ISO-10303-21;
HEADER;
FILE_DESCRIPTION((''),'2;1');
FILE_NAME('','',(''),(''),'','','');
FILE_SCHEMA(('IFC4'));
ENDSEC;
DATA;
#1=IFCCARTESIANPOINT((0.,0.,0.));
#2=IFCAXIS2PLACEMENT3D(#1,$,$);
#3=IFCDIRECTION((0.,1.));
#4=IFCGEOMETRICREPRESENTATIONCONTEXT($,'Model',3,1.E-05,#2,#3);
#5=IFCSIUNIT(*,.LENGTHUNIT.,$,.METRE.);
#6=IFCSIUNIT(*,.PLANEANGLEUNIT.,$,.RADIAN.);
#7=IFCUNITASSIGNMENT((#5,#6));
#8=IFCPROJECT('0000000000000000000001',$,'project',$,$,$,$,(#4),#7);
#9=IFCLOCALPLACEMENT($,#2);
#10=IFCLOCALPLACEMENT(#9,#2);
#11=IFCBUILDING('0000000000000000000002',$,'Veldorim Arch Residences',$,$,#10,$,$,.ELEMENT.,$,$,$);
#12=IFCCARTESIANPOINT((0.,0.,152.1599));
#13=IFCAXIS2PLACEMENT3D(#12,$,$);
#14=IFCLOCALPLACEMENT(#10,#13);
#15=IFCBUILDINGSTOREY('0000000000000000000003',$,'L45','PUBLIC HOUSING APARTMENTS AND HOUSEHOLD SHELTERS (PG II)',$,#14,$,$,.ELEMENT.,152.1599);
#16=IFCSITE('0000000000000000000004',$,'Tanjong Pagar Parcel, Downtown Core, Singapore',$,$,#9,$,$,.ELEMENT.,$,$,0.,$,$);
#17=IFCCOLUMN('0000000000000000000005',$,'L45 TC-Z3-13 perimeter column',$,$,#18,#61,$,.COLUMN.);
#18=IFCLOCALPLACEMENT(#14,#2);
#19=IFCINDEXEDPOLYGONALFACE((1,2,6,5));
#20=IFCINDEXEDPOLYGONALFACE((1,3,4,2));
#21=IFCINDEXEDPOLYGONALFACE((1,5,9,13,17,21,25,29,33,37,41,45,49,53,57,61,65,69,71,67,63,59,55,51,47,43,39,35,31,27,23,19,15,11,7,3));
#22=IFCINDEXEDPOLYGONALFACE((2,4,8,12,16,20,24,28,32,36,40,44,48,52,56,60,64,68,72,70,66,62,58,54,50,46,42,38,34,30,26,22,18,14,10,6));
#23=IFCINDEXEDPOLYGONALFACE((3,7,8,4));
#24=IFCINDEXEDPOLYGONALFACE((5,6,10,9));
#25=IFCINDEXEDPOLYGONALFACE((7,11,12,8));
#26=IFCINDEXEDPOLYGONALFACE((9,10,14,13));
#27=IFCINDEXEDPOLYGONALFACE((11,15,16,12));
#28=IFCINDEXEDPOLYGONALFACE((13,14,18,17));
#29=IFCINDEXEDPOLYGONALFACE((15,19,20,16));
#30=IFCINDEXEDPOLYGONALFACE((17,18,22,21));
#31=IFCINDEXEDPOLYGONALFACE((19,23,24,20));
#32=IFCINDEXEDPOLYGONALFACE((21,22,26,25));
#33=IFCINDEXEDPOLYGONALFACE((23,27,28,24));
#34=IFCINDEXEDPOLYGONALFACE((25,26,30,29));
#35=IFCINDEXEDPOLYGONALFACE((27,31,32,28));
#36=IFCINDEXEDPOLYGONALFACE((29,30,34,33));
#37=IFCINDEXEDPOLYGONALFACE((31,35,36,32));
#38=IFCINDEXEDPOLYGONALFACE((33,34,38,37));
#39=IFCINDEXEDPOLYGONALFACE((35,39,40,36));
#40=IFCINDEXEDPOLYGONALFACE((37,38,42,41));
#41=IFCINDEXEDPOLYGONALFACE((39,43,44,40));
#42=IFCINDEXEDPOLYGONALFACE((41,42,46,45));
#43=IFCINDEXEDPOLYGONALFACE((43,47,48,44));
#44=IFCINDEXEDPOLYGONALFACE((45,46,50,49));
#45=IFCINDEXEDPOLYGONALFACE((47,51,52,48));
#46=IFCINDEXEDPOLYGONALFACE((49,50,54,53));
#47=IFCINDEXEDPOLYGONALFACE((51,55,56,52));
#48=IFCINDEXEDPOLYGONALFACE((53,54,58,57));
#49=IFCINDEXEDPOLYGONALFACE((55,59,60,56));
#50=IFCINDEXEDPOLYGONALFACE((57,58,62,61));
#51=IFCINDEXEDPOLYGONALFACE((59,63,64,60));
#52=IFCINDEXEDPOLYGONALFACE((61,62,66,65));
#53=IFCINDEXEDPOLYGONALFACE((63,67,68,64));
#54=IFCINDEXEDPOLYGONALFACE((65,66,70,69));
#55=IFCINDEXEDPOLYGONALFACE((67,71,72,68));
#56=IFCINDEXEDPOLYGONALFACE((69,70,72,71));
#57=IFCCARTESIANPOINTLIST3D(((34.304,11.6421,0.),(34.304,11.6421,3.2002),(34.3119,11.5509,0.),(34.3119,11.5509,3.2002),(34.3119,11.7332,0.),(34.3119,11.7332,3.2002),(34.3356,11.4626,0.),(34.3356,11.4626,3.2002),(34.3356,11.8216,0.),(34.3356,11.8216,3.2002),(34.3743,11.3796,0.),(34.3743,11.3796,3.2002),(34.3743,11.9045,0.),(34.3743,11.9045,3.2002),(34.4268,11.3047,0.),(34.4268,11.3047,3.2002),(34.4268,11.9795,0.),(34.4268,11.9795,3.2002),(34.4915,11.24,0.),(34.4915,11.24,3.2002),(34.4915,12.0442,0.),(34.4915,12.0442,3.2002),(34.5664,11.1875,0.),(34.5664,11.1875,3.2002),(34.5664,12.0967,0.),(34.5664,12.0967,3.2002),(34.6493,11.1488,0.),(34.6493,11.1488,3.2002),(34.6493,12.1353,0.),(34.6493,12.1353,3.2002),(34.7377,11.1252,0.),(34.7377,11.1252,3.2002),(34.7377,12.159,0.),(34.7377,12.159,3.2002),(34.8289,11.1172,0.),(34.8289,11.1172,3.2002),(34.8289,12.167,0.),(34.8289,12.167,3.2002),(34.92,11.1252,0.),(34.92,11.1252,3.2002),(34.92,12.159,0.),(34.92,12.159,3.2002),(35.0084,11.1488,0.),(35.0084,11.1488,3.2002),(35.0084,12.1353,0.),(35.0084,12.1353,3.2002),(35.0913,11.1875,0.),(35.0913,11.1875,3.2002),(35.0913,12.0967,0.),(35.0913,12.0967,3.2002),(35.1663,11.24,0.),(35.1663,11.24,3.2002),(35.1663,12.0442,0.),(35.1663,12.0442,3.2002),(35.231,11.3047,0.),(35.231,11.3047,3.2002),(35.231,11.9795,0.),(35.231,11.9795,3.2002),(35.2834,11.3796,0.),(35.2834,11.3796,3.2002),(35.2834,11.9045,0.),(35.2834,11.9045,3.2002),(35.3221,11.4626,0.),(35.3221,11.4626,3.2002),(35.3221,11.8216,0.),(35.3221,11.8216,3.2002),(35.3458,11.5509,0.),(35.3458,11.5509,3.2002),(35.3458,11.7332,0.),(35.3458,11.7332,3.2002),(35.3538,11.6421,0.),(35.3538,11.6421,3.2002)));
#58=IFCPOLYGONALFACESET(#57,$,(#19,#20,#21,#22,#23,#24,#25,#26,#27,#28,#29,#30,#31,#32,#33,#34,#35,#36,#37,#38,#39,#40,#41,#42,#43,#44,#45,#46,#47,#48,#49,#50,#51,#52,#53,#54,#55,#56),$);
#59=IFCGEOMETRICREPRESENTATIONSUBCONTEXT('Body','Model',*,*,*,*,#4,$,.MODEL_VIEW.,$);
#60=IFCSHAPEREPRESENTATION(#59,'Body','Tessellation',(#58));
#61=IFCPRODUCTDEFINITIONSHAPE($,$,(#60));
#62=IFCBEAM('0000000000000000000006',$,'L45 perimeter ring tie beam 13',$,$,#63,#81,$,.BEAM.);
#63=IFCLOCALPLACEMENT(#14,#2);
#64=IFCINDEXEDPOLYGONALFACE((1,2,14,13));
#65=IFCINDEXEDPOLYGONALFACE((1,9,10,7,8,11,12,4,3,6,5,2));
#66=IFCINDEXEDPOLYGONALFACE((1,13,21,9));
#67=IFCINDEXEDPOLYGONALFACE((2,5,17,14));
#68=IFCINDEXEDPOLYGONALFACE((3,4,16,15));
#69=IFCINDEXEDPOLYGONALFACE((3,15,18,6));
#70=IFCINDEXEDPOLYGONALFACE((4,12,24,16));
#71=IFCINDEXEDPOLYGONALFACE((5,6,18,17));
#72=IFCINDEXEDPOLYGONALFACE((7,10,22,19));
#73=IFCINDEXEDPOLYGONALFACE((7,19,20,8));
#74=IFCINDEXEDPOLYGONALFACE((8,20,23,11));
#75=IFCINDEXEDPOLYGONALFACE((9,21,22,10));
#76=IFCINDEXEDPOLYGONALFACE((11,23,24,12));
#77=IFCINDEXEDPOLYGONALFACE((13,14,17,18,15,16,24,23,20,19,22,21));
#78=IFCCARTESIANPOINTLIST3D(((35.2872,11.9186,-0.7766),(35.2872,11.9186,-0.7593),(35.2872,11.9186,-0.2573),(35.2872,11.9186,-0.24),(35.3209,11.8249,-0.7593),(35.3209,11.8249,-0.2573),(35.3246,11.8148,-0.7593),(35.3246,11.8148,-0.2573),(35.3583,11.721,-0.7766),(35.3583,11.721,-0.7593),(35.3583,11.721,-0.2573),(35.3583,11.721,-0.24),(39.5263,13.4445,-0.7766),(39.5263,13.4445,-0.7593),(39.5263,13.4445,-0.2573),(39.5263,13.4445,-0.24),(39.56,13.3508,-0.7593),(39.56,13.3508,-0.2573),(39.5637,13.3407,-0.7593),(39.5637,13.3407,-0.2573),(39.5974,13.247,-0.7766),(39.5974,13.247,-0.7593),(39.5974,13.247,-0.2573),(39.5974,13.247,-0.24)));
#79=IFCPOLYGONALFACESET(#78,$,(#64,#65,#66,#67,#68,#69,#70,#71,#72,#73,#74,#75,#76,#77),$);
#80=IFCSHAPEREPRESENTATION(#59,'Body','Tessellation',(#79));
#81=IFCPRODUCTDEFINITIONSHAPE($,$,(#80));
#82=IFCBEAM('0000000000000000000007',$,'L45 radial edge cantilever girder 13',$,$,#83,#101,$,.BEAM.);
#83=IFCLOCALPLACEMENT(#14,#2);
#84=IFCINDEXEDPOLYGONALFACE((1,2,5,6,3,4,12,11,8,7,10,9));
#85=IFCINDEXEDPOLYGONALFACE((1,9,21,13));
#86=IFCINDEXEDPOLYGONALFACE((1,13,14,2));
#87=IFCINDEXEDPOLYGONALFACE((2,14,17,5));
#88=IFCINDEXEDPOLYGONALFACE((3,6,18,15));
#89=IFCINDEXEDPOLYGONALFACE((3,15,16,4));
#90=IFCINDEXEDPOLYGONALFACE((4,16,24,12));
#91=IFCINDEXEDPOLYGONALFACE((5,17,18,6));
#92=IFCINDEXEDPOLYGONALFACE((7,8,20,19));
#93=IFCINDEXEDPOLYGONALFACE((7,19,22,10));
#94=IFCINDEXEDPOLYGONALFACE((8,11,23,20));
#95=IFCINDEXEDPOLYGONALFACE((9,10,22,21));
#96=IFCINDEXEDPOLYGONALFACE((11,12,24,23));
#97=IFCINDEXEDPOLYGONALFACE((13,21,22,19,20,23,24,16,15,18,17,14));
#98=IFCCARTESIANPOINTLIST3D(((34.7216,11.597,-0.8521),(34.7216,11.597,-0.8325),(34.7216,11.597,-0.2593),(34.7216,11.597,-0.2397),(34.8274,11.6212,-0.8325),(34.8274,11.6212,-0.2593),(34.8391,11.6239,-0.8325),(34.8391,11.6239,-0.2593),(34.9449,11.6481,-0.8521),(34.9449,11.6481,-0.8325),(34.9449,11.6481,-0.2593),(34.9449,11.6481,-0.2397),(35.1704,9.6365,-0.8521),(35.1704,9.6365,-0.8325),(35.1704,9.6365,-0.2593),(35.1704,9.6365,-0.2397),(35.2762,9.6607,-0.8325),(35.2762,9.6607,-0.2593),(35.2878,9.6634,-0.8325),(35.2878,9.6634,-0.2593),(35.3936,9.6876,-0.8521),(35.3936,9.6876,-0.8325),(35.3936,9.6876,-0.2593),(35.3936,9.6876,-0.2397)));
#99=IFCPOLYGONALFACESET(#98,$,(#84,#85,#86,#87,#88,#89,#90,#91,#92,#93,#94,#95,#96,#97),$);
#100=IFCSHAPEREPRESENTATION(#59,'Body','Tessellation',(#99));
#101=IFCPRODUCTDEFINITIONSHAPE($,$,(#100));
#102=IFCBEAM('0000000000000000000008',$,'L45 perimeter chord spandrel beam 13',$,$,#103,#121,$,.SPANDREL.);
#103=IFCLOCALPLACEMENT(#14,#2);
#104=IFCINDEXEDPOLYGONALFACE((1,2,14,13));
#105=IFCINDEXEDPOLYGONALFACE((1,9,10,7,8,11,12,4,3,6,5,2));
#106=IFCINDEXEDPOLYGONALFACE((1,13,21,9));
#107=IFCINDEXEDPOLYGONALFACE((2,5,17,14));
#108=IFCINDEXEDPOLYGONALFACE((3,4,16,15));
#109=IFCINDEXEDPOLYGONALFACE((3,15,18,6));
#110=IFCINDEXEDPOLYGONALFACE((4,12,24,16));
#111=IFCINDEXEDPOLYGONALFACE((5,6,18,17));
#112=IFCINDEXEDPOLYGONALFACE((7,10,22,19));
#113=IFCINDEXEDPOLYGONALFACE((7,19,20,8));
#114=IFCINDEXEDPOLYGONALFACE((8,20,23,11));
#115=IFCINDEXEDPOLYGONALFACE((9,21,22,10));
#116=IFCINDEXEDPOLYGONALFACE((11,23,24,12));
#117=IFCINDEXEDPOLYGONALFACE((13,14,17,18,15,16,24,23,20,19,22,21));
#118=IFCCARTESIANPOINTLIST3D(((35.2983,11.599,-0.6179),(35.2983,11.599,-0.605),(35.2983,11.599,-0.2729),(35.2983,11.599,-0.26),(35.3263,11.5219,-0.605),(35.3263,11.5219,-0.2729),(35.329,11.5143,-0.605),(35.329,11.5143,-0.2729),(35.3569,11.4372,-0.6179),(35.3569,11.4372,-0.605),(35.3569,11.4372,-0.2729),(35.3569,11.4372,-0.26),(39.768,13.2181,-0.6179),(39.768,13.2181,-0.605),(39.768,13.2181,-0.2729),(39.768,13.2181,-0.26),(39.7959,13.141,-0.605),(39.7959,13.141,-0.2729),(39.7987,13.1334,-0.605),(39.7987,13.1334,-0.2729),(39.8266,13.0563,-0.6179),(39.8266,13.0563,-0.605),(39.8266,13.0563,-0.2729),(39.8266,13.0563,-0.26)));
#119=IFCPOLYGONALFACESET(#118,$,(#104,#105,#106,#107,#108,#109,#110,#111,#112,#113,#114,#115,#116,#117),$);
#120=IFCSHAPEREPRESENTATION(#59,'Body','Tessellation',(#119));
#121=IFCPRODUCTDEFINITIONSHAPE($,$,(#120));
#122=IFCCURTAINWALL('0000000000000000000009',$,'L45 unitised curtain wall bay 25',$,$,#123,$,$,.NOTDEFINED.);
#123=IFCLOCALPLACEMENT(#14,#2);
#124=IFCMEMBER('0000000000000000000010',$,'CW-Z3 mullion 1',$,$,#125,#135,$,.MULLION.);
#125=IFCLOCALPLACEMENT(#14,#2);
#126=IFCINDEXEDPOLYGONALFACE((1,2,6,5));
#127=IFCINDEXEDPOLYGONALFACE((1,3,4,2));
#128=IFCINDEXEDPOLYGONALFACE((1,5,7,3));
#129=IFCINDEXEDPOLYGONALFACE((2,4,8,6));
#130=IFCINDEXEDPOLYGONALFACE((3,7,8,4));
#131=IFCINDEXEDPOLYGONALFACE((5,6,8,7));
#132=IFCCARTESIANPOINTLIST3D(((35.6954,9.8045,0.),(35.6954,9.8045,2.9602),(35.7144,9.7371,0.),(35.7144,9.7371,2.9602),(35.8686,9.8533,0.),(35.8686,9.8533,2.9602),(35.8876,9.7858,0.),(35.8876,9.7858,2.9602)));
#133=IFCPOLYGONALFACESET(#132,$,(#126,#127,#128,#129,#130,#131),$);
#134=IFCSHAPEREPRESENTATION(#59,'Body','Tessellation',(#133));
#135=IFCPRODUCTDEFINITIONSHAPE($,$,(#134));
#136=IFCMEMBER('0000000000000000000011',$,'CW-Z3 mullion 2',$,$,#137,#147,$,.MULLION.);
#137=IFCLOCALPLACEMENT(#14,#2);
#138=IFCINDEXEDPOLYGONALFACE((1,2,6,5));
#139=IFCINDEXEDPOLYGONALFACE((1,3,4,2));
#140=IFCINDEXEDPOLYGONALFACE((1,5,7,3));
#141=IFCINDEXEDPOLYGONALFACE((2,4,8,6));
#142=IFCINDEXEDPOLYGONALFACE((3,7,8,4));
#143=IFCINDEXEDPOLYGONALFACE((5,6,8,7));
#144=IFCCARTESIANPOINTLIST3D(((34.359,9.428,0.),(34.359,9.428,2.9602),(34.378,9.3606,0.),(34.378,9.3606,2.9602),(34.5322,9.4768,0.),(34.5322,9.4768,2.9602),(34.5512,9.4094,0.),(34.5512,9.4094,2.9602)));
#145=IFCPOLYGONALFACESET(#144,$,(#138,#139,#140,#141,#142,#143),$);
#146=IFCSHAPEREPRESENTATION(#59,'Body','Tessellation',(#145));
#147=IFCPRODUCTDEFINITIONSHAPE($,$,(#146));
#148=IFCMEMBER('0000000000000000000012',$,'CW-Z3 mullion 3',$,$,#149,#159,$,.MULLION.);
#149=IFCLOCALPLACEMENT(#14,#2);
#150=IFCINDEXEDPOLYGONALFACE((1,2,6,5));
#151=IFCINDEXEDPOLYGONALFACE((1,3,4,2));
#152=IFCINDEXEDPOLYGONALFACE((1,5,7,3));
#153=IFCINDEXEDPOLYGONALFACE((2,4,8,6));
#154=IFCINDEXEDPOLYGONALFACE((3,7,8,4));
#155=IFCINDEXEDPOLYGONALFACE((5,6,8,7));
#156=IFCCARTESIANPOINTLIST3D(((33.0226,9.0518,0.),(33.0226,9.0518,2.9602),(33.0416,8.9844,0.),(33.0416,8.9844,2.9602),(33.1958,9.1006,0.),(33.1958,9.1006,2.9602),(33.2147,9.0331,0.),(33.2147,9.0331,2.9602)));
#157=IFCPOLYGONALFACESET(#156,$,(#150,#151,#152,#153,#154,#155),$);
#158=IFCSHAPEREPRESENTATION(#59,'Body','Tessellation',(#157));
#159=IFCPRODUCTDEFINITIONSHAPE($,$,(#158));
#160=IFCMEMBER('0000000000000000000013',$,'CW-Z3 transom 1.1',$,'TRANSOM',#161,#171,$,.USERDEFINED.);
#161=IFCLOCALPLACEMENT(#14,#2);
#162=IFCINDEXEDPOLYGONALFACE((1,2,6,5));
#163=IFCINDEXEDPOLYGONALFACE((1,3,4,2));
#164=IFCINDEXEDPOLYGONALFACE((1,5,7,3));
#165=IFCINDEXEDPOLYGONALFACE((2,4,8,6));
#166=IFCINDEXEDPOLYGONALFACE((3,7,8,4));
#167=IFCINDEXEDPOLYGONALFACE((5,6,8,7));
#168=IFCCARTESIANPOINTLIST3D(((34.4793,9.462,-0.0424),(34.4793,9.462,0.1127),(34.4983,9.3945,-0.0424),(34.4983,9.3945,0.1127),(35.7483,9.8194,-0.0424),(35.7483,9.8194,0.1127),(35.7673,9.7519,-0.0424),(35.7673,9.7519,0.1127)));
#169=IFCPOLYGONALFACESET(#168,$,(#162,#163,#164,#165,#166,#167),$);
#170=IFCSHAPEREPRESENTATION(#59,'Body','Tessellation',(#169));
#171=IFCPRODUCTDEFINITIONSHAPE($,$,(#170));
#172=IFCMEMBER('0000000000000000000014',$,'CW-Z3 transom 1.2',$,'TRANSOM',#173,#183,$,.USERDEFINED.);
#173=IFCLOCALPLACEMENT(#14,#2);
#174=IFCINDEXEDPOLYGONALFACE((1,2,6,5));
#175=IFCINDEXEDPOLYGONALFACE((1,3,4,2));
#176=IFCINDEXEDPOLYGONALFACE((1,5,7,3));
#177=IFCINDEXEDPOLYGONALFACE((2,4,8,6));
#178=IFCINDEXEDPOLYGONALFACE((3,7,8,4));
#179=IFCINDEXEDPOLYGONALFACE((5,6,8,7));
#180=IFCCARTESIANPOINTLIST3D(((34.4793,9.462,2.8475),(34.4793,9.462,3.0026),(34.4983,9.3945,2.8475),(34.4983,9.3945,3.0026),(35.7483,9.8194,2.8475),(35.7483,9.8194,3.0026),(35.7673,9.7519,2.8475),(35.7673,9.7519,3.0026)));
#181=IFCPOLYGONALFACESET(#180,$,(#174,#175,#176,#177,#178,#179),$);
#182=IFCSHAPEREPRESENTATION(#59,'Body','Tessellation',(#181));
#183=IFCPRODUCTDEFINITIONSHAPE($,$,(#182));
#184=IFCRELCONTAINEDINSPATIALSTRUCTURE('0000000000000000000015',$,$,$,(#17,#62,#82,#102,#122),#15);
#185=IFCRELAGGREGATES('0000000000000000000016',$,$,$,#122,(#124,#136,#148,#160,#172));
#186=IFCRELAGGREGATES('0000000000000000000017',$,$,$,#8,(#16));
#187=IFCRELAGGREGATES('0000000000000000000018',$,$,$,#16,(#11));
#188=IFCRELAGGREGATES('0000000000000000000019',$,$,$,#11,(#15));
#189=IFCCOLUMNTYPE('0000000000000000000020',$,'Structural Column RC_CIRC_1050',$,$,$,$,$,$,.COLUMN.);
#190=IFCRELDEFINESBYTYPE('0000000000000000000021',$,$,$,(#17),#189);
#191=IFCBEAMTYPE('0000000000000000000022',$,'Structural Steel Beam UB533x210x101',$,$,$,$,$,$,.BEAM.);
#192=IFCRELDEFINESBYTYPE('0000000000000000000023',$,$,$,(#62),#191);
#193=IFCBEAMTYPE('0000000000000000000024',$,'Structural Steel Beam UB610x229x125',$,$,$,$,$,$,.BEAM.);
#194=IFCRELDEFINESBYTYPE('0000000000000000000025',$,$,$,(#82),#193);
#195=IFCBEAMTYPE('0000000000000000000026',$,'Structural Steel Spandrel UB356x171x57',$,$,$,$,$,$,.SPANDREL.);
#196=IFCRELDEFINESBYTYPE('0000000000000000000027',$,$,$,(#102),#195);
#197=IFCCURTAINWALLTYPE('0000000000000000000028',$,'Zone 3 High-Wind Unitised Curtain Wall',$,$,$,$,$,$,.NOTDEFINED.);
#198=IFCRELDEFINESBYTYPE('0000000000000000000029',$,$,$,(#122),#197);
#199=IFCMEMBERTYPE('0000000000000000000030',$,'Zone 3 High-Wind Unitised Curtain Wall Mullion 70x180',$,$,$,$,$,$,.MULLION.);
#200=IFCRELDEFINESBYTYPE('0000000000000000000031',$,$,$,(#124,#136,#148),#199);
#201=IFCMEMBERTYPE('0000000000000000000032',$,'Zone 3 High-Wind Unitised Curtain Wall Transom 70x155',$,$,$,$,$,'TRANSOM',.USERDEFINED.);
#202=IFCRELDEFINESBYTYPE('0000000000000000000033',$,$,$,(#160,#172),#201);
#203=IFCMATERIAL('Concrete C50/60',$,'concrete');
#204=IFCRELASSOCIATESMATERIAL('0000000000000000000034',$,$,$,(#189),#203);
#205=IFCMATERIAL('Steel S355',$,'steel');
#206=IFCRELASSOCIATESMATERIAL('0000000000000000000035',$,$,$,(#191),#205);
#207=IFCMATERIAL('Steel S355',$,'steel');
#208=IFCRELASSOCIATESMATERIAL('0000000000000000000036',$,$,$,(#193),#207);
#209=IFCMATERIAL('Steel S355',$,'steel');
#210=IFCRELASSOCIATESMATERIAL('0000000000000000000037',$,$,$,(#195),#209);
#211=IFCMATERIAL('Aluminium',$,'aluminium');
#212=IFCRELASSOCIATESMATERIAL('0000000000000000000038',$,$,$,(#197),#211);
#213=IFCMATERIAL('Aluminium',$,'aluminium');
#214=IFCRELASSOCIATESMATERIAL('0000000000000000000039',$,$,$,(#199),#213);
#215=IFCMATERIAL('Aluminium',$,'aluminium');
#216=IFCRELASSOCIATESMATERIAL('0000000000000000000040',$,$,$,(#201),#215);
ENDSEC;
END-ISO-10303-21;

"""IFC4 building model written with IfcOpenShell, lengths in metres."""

from ifc_helpers import new_model, si_unit, direction, frame, origin, origin_2d, place, context, subcontext, project, spatial, rectangle, circle, i_section, extrude, material, material_profile, profile_set, type_object, element, aggregate, save


model = new_model("IFC4")

# Units and contexts
model_context = context("Model", 3, precision=1e-05, world=origin(), true_north=direction((0.0, 1.0)))
body_context = subcontext(model_context, "Body", "Model", "MODEL_VIEW")
ifc_project = project(units=[si_unit("LENGTHUNIT", "METRE"), si_unit("PLANEANGLEUNIT", "RADIAN")], contexts=[model_context])

# Site, building, storey
site_placement = place(None, origin())
site = spatial("IfcSite", under=ifc_project, at=site_placement, Name="Tanjong Pagar Parcel, Downtown Core, Singapore", CompositionType="ELEMENT", RefElevation=0.0)
building_placement = place(site_placement, origin())
building = spatial("IfcBuilding", under=site, at=building_placement, Name="Veldorim Arch Residences", CompositionType="ELEMENT")
storey_placement = place(building_placement, frame((0.0, 0.0, 152.1599)))
storey = spatial("IfcBuildingStorey", under=building, at=storey_placement, Name="L45", Description="PUBLIC HOUSING APARTMENTS AND HOUSEHOLD SHELTERS (PG II)", CompositionType="ELEMENT", Elevation=152.1599)

# Column
ifc_material_1 = material(Name="Concrete C50/60", Category="concrete")
ifc_material_profile_1 = material_profile(ifc_material_1, circle(Radius=0.5249, at=origin_2d()), Name="RC_CIRC_1050")
ifc_profile_set_1 = profile_set([ifc_material_profile_1], Name="Concrete C50/60")
column_type = type_object("IfcColumnType", Name="Structural Column RC_CIRC_1050", PredefinedType="COLUMN", material=ifc_profile_set_1)
column_placement = place(storey_placement, frame((34.8289, 11.6421, 0.0), z_axis=(0.0, 0.0, 1.0), x_axis=(1.0, 0.0, 0.0)))
element("IfcColumn", 1, at=column_placement, inside=storey, type_object=column_type, Name="L45 TC-Z3-13 perimeter column", PredefinedType="COLUMN", context=body_context, shape_type="SweptSolid", body=[
    extrude(circle(Radius=0.5249, at=origin_2d()), origin(), (0.0, 0.0, 1.0), 3.2002),
])

# Beams
ifc_material_2 = material(Name="Steel S355", Category="steel")
ifc_material_profile_2 = material_profile(ifc_material_2, i_section(OverallWidth=0.21, OverallDepth=0.5366, WebThickness=0.0107, FlangeThickness=0.0173, at=origin_2d()), Name="UB533x210x101")
ifc_profile_set_2 = profile_set([ifc_material_profile_2], Name="Steel S355")
beam_type_1 = type_object("IfcBeamType", Name="Structural Steel Beam UB533x210x101", PredefinedType="BEAM", material=ifc_profile_set_2)
beam_1_placement = place(storey_placement, frame((35.3228, 11.8198, -0.5083), z_axis=(0.940899, 0.338687, 0.0), x_axis=(-0.338687, 0.940899, 0.0)))
element("IfcBeam", 2, at=beam_1_placement, inside=storey, type_object=beam_type_1, Name="L45 perimeter ring tie beam 13", PredefinedType="BEAM", context=body_context, shape_type="SweptSolid", body=[
    extrude(i_section(OverallWidth=0.21, OverallDepth=0.5366, WebThickness=0.0107, FlangeThickness=0.0173, at=origin_2d()), origin(), (0.0, 0.0, 1.0), 4.5054),
])
ifc_material_3 = material(Name="Steel S355", Category="steel")
ifc_material_profile_3 = material_profile(ifc_material_3, i_section(OverallWidth=0.229, OverallDepth=0.6123, WebThickness=0.012, FlangeThickness=0.0195, at=origin_2d()), Name="UB610x229x125")
ifc_profile_set_3 = profile_set([ifc_material_profile_3], Name="Steel S355")
beam_type_2 = type_object("IfcBeamType", Name="Structural Steel Beam UB610x229x125", PredefinedType="BEAM", material=ifc_profile_set_3)
beam_2_placement = place(storey_placement, frame((34.8333, 11.6226, -0.5459), z_axis=(0.223121, -0.974791, 0.0), x_axis=(0.974791, 0.223121, 0.0)))
element("IfcBeam", 3, at=beam_2_placement, inside=storey, type_object=beam_type_2, Name="L45 radial edge cantilever girder 13", PredefinedType="BEAM", context=body_context, shape_type="SweptSolid", body=[
    extrude(i_section(OverallWidth=0.229, OverallDepth=0.6123, WebThickness=0.012, FlangeThickness=0.0195, at=origin_2d()), origin(), (0.0, 0.0, 1.0), 2.0112),
])
ifc_material_4 = material(Name="Steel S355", Category="steel")
ifc_material_profile_4 = material_profile(ifc_material_4, i_section(OverallWidth=0.1721, OverallDepth=0.3579, WebThickness=0.0081, FlangeThickness=0.0129, at=origin_2d()), Name="UB356x171x57")
ifc_profile_set_4 = profile_set([ifc_material_profile_4], Name="Steel S355")
beam_type_3 = type_object("IfcBeamType", Name="Structural Steel Spandrel UB356x171x57", PredefinedType="SPANDREL", material=ifc_profile_set_4)
beam_3_placement = place(storey_placement, frame((35.3276, 11.5181, -0.439), z_axis=(0.940213, 0.340588, 0.0), x_axis=(-0.340588, 0.940213, 0.0)))
element("IfcBeam", 4, at=beam_3_placement, inside=storey, type_object=beam_type_3, Name="L45 perimeter chord spandrel beam 13", PredefinedType="SPANDREL", context=body_context, shape_type="SweptSolid", body=[
    extrude(i_section(OverallWidth=0.1721, OverallDepth=0.3579, WebThickness=0.0081, FlangeThickness=0.0129, at=origin_2d()), origin(), (0.0, 0.0, 1.0), 4.7539),
])

# Curtain wall, members
ifc_material_5 = material(Name="Aluminium", Category="aluminium")
curtain_wall_type = type_object("IfcCurtainWallType", Name="Zone 3 High-Wind Unitised Curtain Wall", PredefinedType="NOTDEFINED", material=ifc_material_5)
curtain_wall_placement = place(storey_placement, origin())
curtain_wall = element("IfcCurtainWall", 5, at=curtain_wall_placement, inside=storey, type_object=curtain_wall_type, Name="L45 unitised curtain wall bay 25", PredefinedType="NOTDEFINED")
ifc_material_6 = material(Name="Aluminium", Category="aluminium")
ifc_material_profile_5 = material_profile(ifc_material_6, rectangle(XDim=0.0701, YDim=0.1799, at=origin_2d()), Name="ALU_MUL_70x180")
ifc_profile_set_5 = profile_set([ifc_material_profile_5], Name="Aluminium")
member_type_1 = type_object("IfcMemberType", Name="Zone 3 High-Wind Unitised Curtain Wall Mullion 70x180", PredefinedType="MULLION", material=ifc_profile_set_5)
member_1_placement = place(storey_placement, frame((35.7915, 9.7952, 0.0), z_axis=(0.0, 0.0, 1.0), x_axis=(0.271101, -0.962551, 0.0)))
member_1 = element("IfcMember", 6, at=member_1_placement, type_object=member_type_1, Name="CW-Z3 mullion 1", PredefinedType="MULLION", context=body_context, shape_type="SweptSolid", body=[
    extrude(rectangle(XDim=0.0701, YDim=0.1799, at=origin_2d()), origin(), (0.0, 0.0, 1.0), 2.9602),
])
member_2_placement = place(storey_placement, frame((34.4551, 9.4187, 0.0), z_axis=(0.0, 0.0, 1.0), x_axis=(0.271101, -0.962551, 0.0)))
member_2 = element("IfcMember", 7, at=member_2_placement, type_object=member_type_1, Name="CW-Z3 mullion 2", PredefinedType="MULLION", context=body_context, shape_type="SweptSolid", body=[
    extrude(rectangle(XDim=0.0701, YDim=0.1799, at=origin_2d()), origin(), (0.0, 0.0, 1.0), 2.9602),
])
member_3_placement = place(storey_placement, frame((33.1187, 9.0425, 0.0), z_axis=(0.0, 0.0, 1.0), x_axis=(0.271101, -0.962551, 0.0)))
member_3 = element("IfcMember", 8, at=member_3_placement, type_object=member_type_1, Name="CW-Z3 mullion 3", PredefinedType="MULLION", context=body_context, shape_type="SweptSolid", body=[
    extrude(rectangle(XDim=0.0701, YDim=0.1799, at=origin_2d()), origin(), (0.0, 0.0, 1.0), 2.9602),
])
ifc_material_7 = material(Name="Aluminium", Category="aluminium")
ifc_material_profile_6 = material_profile(ifc_material_7, rectangle(XDim=0.0701, YDim=0.155, at=origin_2d()), Name="ALU_TRN_70x155")
ifc_profile_set_6 = profile_set([ifc_material_profile_6], Name="Aluminium")
member_type_2 = type_object("IfcMemberType", Name="Zone 3 High-Wind Unitised Curtain Wall Transom 70x155", ElementType="TRANSOM", PredefinedType="USERDEFINED", material=ifc_profile_set_6)
member_4_placement = place(storey_placement, frame((35.7578, 9.7856, 0.0352), z_axis=(-0.962551, -0.271099, 0.0), x_axis=(0.271099, -0.962551, 0.0)))
member_4 = element("IfcMember", 9, at=member_4_placement, type_object=member_type_2, Name="CW-Z3 transom 1.1", ObjectType="TRANSOM", PredefinedType="USERDEFINED", context=body_context, shape_type="SweptSolid", body=[
    extrude(rectangle(XDim=0.0701, YDim=0.155, at=origin_2d()), origin(), (0.0, 0.0, 1.0), 1.3184),
])
member_5_placement = place(storey_placement, frame((35.7578, 9.7856, 2.925), z_axis=(-0.962551, -0.271099, 0.0), x_axis=(0.271099, -0.962551, 0.0)))
member_5 = element("IfcMember", 10, at=member_5_placement, type_object=member_type_2, Name="CW-Z3 transom 1.2", ObjectType="TRANSOM", PredefinedType="USERDEFINED", context=body_context, shape_type="SweptSolid", body=[
    extrude(rectangle(XDim=0.0701, YDim=0.155, at=origin_2d()), origin(), (0.0, 0.0, 1.0), 1.3184),
])
aggregate(curtain_wall, [member_1, member_2, member_3, member_4, member_5])

save(model, "model.ifc")
